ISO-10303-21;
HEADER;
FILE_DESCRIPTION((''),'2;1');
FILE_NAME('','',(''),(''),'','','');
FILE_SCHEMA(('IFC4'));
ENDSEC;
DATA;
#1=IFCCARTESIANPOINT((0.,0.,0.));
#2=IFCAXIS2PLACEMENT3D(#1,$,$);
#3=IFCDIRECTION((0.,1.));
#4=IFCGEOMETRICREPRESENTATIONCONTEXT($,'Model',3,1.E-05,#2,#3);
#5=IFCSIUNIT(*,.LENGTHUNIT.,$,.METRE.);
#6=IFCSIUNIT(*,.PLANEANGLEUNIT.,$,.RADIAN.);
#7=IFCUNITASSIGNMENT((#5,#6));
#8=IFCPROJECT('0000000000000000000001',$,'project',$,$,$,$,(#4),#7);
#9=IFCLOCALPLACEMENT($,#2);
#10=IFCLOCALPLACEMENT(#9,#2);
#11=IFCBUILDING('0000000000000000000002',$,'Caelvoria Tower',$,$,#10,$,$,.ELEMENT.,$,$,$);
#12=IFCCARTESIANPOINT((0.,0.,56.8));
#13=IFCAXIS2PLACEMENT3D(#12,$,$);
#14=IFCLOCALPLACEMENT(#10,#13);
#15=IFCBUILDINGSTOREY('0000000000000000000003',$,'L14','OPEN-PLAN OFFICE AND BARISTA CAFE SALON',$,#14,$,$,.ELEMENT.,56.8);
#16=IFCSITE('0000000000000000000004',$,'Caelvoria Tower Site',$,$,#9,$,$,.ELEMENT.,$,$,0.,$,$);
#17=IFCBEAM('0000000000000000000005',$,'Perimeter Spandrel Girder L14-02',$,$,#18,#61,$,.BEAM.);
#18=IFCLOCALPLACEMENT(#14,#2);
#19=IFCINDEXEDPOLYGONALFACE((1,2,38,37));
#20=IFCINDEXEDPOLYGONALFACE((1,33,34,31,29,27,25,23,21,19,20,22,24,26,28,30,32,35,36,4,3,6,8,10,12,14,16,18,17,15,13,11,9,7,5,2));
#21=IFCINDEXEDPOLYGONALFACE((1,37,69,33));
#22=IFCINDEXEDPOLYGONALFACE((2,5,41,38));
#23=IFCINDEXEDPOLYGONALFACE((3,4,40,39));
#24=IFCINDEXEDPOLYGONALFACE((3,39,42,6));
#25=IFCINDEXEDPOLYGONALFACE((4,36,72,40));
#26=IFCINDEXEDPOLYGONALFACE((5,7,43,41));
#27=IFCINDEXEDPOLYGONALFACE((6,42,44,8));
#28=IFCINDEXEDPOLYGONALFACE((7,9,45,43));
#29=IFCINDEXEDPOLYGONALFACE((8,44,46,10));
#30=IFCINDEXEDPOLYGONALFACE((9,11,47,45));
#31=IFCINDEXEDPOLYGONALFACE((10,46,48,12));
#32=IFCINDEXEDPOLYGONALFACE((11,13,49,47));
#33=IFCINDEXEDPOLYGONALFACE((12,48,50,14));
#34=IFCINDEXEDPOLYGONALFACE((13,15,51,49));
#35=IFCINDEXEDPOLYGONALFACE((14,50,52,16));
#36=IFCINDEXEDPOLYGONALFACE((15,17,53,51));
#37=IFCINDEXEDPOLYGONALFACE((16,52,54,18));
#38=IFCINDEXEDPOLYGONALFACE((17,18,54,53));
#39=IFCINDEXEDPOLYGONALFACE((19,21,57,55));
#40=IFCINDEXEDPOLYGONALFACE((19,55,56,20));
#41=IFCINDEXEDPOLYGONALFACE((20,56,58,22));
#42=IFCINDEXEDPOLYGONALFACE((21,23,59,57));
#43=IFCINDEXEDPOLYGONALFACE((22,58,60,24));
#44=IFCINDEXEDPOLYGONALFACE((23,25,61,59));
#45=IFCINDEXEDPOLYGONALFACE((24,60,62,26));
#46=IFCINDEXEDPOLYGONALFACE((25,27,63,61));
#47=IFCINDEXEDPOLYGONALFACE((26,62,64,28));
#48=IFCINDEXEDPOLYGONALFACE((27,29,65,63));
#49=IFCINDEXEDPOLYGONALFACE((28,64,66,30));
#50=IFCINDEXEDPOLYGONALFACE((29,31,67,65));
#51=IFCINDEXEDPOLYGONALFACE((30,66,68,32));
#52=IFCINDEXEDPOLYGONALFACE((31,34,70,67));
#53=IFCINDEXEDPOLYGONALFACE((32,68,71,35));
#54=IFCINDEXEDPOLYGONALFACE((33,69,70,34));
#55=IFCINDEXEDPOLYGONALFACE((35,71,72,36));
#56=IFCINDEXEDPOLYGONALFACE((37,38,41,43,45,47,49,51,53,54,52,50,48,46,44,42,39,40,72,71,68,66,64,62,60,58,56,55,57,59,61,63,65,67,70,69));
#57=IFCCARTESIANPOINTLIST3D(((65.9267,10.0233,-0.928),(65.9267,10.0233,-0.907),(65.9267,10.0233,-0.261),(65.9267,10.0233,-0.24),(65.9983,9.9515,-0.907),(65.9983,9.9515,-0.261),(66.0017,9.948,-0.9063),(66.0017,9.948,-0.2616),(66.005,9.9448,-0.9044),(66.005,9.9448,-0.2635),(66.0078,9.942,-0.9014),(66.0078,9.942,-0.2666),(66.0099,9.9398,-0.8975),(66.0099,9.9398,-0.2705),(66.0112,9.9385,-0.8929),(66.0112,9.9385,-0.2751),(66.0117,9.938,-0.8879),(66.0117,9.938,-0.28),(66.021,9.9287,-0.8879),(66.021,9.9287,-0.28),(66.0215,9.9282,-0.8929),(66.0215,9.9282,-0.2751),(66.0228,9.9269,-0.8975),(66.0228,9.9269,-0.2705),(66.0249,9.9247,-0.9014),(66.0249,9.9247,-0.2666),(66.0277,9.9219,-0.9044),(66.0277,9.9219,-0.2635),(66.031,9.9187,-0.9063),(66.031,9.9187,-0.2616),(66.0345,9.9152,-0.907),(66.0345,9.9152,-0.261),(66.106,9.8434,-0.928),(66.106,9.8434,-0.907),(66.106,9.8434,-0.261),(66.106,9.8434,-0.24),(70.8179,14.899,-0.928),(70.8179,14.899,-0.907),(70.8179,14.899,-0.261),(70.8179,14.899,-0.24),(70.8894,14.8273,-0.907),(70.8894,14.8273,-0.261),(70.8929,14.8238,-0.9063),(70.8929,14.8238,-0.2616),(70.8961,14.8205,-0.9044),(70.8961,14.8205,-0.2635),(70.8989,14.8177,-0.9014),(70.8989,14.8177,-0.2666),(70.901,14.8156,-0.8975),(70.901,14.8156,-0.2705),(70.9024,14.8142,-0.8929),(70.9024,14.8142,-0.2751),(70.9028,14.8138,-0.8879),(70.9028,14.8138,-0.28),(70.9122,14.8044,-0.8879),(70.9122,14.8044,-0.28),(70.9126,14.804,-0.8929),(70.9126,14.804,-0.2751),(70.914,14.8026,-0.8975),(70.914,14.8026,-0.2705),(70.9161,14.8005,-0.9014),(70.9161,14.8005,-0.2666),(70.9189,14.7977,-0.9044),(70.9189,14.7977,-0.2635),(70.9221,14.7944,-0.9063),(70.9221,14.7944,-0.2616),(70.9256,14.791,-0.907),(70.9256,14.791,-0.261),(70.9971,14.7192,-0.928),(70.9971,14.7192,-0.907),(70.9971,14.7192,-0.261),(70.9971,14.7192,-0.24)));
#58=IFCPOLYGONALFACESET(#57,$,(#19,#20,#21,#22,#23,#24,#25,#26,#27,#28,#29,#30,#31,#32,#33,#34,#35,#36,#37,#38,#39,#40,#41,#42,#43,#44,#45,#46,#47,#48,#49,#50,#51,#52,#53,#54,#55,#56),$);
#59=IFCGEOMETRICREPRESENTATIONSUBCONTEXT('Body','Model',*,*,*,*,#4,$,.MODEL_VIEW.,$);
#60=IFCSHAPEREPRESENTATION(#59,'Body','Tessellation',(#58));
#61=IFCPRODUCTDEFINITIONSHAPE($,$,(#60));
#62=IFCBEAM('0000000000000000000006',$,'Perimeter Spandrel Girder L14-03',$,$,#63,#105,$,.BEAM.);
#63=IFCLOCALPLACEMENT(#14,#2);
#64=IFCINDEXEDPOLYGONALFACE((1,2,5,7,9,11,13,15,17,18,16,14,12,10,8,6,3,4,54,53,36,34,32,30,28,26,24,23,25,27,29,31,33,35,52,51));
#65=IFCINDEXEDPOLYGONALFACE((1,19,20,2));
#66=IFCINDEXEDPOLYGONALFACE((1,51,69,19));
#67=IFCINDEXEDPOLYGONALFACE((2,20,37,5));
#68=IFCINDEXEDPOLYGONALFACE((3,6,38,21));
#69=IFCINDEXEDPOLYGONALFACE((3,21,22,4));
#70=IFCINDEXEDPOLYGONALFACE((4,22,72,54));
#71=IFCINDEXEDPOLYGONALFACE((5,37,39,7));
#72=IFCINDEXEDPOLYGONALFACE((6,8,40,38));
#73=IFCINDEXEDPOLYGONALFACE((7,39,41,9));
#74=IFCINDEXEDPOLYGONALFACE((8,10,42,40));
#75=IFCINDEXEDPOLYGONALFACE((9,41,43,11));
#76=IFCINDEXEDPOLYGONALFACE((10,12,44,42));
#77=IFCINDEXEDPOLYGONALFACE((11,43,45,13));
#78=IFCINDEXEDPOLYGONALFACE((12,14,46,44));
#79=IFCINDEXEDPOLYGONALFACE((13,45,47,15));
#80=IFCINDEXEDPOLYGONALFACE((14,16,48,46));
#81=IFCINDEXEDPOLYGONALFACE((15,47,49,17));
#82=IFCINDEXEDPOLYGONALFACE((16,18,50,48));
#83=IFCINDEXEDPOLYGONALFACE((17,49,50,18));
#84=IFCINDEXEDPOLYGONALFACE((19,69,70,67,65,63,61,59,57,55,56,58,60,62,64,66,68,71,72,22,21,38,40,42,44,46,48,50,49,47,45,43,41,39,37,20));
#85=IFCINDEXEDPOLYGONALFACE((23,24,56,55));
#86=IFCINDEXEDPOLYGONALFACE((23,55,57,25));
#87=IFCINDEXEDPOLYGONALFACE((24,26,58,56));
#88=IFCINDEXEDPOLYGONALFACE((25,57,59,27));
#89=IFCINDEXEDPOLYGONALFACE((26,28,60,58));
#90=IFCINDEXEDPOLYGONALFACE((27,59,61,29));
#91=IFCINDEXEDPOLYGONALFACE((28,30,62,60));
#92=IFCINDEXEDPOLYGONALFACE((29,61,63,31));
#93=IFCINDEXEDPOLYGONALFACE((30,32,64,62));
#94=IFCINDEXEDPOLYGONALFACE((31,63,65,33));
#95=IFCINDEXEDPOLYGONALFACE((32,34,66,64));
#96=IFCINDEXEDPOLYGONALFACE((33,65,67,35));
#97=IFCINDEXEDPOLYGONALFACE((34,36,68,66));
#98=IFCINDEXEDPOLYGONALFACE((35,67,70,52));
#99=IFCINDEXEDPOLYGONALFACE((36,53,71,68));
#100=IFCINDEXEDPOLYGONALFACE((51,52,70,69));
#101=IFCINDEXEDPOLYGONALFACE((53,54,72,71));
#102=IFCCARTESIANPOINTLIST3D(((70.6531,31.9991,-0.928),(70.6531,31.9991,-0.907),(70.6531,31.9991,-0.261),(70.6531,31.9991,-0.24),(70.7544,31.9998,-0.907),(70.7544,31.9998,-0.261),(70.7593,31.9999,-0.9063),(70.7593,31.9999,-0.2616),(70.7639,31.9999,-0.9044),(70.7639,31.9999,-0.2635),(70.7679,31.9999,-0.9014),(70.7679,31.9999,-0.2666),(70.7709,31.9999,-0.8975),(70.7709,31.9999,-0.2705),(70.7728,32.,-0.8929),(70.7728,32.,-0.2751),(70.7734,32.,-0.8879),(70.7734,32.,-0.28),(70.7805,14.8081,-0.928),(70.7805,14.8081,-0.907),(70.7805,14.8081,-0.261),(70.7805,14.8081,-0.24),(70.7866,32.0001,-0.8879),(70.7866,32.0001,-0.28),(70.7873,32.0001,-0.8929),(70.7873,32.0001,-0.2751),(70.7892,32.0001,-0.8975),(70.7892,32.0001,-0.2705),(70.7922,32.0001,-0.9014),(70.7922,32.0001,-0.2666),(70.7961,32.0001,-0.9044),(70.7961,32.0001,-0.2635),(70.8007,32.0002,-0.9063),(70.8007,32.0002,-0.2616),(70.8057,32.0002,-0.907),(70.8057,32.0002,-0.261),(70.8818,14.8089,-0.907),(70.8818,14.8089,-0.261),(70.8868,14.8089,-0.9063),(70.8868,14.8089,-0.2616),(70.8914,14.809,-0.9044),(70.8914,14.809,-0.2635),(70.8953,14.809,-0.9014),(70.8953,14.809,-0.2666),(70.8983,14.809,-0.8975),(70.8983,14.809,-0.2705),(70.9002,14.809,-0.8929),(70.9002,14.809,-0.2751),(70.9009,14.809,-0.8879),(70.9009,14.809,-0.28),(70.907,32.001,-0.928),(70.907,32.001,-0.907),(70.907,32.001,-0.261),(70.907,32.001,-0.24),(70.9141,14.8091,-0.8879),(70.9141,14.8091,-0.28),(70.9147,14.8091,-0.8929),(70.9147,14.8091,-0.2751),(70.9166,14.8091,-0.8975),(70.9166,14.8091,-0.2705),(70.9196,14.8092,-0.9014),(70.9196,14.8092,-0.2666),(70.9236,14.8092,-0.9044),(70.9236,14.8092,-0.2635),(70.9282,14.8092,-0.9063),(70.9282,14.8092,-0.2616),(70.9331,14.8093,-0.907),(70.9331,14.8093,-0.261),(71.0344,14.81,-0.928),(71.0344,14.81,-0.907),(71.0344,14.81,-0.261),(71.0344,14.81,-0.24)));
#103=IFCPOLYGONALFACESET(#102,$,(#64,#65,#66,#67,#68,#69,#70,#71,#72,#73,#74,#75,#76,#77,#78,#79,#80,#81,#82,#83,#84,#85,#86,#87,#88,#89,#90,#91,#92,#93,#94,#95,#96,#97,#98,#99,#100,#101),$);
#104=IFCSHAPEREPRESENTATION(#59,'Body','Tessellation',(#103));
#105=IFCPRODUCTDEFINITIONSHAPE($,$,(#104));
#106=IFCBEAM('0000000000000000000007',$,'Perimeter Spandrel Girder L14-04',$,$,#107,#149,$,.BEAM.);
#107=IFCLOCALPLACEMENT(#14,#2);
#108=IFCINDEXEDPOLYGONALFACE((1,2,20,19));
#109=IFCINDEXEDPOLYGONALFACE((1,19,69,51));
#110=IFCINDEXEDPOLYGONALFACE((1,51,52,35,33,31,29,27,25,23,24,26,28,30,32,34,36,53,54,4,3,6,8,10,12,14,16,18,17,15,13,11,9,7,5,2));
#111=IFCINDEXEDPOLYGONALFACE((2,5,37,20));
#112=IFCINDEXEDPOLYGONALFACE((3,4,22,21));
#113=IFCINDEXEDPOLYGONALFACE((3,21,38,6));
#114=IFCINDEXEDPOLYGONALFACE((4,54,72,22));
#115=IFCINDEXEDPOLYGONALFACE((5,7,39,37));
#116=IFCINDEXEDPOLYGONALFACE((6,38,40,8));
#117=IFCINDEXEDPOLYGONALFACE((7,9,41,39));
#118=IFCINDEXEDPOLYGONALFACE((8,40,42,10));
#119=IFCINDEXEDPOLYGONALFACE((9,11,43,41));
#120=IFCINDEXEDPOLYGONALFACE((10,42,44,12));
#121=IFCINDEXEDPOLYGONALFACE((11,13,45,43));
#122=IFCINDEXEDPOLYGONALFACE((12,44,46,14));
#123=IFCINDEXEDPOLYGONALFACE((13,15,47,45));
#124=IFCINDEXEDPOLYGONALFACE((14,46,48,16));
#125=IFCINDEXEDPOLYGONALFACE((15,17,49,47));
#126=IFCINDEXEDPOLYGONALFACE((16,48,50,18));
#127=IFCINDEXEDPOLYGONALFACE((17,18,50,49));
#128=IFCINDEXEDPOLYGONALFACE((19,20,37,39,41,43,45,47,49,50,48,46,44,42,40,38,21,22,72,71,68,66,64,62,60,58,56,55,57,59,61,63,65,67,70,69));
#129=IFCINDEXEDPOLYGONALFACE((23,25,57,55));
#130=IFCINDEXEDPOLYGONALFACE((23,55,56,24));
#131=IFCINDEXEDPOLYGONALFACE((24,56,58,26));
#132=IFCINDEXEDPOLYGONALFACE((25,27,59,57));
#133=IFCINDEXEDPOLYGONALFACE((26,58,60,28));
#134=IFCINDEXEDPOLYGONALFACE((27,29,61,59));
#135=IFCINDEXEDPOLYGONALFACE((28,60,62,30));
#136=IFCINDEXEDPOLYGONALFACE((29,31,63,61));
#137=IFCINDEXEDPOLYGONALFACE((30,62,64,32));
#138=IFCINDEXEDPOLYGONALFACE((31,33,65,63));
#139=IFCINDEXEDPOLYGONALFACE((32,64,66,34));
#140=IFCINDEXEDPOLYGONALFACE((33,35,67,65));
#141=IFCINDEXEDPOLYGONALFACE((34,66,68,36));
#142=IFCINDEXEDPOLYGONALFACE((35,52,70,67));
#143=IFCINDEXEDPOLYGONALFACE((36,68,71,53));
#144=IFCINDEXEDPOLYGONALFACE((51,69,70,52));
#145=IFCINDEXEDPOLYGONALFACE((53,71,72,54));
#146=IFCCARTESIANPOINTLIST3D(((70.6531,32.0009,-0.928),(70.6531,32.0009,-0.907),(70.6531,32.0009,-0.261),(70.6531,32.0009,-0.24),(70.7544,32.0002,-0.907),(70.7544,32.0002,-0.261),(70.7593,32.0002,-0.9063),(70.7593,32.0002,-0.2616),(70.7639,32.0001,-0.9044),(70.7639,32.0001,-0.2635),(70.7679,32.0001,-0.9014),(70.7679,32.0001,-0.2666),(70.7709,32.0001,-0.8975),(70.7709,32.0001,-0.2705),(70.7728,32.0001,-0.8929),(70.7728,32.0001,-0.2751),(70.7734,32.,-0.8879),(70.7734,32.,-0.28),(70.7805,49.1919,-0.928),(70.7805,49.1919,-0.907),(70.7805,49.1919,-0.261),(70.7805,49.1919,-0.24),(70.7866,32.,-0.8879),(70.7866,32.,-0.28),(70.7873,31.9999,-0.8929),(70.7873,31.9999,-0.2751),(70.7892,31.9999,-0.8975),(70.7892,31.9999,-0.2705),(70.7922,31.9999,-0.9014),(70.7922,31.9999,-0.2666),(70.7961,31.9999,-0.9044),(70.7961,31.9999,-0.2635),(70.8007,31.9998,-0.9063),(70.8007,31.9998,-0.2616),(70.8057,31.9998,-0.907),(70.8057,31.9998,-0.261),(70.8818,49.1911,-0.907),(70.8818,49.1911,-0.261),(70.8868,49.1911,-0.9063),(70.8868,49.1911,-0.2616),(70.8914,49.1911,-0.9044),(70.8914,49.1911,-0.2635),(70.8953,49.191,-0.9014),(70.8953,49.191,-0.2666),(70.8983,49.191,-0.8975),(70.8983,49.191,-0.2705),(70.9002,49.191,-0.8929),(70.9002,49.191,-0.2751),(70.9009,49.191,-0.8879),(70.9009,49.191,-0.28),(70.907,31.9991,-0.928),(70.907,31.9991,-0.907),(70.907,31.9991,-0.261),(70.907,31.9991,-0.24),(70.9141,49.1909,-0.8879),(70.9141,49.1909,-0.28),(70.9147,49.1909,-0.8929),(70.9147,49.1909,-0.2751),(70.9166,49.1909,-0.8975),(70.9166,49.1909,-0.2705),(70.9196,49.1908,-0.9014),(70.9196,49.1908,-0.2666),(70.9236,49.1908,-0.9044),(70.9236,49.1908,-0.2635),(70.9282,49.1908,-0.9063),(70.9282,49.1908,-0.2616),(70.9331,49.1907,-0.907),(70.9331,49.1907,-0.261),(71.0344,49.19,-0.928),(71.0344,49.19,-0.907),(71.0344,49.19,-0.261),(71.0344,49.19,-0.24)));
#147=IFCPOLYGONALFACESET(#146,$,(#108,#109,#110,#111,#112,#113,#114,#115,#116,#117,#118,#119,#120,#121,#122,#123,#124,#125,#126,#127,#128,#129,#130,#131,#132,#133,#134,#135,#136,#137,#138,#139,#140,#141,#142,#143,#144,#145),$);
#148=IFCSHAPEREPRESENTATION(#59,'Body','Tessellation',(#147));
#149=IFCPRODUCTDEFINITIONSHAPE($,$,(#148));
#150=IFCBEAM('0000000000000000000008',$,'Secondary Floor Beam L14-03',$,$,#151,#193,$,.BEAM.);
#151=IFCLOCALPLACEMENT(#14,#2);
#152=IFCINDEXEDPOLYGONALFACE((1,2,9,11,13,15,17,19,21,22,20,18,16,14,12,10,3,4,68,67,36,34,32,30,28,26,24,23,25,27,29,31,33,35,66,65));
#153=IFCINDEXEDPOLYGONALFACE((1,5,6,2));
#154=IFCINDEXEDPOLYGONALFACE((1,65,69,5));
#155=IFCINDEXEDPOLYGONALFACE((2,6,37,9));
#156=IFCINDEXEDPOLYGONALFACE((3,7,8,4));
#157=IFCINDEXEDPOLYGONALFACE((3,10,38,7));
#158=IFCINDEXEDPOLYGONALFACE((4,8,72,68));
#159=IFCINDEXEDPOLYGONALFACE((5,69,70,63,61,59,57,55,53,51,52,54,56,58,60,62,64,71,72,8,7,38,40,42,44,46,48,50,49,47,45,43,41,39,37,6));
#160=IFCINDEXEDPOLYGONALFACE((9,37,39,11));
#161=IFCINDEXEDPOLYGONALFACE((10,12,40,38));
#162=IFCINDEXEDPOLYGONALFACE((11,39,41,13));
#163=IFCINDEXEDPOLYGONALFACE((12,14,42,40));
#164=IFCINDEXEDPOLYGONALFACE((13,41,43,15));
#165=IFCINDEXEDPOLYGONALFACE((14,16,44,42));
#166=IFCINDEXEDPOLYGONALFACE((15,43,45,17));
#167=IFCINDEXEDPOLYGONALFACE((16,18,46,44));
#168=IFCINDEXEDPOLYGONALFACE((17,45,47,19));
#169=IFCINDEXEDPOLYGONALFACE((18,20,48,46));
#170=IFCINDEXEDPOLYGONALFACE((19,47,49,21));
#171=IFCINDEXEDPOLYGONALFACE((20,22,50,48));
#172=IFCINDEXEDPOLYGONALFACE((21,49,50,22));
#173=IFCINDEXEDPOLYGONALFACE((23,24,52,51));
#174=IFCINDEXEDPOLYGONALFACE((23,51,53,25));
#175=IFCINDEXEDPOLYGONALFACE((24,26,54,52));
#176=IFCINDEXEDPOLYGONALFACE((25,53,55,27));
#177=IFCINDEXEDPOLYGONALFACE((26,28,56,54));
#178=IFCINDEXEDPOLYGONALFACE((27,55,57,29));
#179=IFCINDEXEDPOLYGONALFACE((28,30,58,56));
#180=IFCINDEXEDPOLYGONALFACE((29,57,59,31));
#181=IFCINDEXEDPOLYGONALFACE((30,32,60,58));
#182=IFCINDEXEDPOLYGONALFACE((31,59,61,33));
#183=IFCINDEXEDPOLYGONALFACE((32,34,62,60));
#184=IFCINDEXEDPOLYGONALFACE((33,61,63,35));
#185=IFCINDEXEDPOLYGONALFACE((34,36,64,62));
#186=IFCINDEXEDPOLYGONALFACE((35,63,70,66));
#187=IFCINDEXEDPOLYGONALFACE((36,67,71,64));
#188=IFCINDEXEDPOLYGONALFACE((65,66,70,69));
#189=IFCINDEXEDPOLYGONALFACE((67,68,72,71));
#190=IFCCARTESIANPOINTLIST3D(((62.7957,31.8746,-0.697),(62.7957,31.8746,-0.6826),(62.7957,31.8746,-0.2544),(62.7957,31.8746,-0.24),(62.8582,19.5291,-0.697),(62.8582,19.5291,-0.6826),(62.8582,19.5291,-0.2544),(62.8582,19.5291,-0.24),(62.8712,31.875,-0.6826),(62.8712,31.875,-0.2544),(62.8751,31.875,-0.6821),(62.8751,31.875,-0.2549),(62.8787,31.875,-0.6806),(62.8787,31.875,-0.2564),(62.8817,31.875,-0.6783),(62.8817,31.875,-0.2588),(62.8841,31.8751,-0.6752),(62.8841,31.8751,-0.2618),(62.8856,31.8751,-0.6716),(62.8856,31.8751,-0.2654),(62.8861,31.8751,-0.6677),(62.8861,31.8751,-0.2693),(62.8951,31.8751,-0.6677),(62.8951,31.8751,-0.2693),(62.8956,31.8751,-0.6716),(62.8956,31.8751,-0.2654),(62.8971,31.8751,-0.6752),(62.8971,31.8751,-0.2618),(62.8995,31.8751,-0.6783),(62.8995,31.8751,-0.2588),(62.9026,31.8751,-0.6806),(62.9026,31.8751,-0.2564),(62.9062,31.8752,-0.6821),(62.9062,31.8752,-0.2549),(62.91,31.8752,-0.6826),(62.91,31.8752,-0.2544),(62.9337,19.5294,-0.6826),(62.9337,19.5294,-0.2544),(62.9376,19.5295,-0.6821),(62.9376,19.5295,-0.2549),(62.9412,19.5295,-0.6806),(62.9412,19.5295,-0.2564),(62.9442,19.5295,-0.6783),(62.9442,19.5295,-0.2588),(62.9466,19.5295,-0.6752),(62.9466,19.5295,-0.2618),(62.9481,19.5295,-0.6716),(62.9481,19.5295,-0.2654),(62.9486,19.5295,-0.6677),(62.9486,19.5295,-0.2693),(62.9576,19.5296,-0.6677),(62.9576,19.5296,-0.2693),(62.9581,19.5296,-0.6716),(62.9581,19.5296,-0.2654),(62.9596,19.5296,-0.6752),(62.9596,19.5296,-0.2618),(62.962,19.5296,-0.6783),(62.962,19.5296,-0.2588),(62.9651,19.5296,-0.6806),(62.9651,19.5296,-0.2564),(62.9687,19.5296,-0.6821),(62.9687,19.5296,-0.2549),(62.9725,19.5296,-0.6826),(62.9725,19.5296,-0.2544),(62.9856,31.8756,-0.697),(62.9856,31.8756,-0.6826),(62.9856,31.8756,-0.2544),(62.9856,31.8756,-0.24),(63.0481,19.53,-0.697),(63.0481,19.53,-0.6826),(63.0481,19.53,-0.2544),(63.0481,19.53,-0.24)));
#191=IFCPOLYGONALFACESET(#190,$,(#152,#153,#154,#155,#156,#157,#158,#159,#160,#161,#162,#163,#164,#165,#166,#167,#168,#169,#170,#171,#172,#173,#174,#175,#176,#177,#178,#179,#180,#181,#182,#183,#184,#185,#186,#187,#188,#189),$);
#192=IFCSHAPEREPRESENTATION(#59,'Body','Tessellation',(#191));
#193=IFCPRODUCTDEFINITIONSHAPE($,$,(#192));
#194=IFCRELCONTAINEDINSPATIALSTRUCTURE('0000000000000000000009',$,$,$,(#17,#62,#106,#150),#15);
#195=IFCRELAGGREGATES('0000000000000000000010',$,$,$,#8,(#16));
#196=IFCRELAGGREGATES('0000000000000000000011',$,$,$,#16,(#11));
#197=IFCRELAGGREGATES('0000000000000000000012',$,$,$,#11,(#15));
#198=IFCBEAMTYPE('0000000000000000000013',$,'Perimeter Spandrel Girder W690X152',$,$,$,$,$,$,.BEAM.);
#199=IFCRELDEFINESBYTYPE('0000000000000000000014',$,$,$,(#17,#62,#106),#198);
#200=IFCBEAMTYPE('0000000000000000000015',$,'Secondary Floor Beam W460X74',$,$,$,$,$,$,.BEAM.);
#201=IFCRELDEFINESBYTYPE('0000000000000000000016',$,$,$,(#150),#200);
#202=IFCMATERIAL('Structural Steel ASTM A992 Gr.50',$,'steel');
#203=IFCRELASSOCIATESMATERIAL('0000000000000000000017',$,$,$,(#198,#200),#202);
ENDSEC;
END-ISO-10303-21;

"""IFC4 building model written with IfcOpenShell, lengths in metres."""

from ifc_helpers import new_model, si_unit, direction, frame, origin, origin_2d, place, context, subcontext, project, spatial, i_section, extrude, material, material_profile, profile_set, type_object, element, save


model = new_model("IFC4")

# Units and contexts
model_context = context("Model", 3, precision=1e-05, world=origin(), true_north=direction((0.0, 1.0)))
body_context = subcontext(model_context, "Body", "Model", "MODEL_VIEW")
ifc_project = project(units=[si_unit("LENGTHUNIT", "METRE"), si_unit("PLANEANGLEUNIT", "RADIAN")], contexts=[model_context])

# Site, building, storey
site_placement = place(None, origin())
site = spatial("IfcSite", under=ifc_project, at=site_placement, Name="Caelvoria Tower Site", CompositionType="ELEMENT", RefElevation=0.0)
building_placement = place(site_placement, origin())
building = spatial("IfcBuilding", under=site, at=building_placement, Name="Caelvoria Tower", CompositionType="ELEMENT")
storey_placement = place(building_placement, frame((0.0, 0.0, 56.8)))
storey = spatial("IfcBuildingStorey", under=building, at=storey_placement, Name="L14", Description="OPEN-PLAN OFFICE AND BARISTA CAFE SALON", CompositionType="ELEMENT", Elevation=56.8)

# Beams
ifc_material_1 = material(Name="Structural Steel ASTM A992 Gr.50", Category="steel")
ifc_material_profile_1 = material_profile(ifc_material_1, i_section(OverallWidth=0.2539, OverallDepth=0.688, WebThickness=0.0132, FlangeThickness=0.021, FilletRadius=0.019, at=origin_2d()), Name="Structural Steel ASTM A992 Gr.50")
ifc_profile_set_1 = profile_set([ifc_material_profile_1], Name="W690X152 - Structural Steel ASTM A992 Gr.50")
beam_type_1 = type_object("IfcBeamType", Name="Perimeter Spandrel Girder W690X152", PredefinedType="BEAM", material=ifc_profile_set_1)
beam_1_placement = place(storey_placement, frame((66.0164, 9.9333, -0.584), z_axis=(0.708219, 0.705992, 0.0), x_axis=(-0.705992, 0.708219, 0.0)))
element("IfcBeam", 1, at=beam_1_placement, inside=storey, type_object=beam_type_1, Name="Perimeter Spandrel Girder L14-02", PredefinedType="BEAM", context=body_context, shape_type="SweptSolid", body=[
    extrude(i_section(OverallWidth=0.2539, OverallDepth=0.688, WebThickness=0.0132, FlangeThickness=0.021, FilletRadius=0.019, at=origin_2d()), origin(), (0.0, 0.0, 1.0), 6.9062),
])
for number, where, z_axis, x_axis, name in (
    (2, (70.9075, 14.8091, -0.584), (-0.007413, 0.999973, 0.0), (-0.999973, -0.007413, 0.0), "Perimeter Spandrel Girder L14-03"),
    (3, (70.78, 32.0, -0.584), (0.007413, 0.999973, 0.0), (-0.999973, 0.007413, 0.0), "Perimeter Spandrel Girder L14-04"),
):
    element("IfcBeam", number, at=place(storey_placement, frame(where, z_axis=z_axis, x_axis=x_axis)), inside=storey, type_object=beam_type_1, Name=name, PredefinedType="BEAM", context=body_context, shape_type="SweptSolid", body=[
        extrude(i_section(OverallWidth=0.2539, OverallDepth=0.688, WebThickness=0.0132, FlangeThickness=0.021, FilletRadius=0.019, at=origin_2d()), origin(), (0.0, 0.0, 1.0), 17.1914),
    ])
ifc_material_profile_2 = material_profile(ifc_material_1, i_section(OverallWidth=0.1899, OverallDepth=0.457, WebThickness=0.009, FlangeThickness=0.0144, FilletRadius=0.0149, at=origin_2d()), Name="Structural Steel ASTM A992 Gr.50")
ifc_profile_set_2 = profile_set([ifc_material_profile_2], Name="W460X74 - Structural Steel ASTM A992 Gr.50")
beam_type_2 = type_object("IfcBeamType", Name="Secondary Floor Beam W460X74", PredefinedType="BEAM", material=ifc_profile_set_2)
beam_2_placement = place(storey_placement, frame((62.9531, 19.5295, -0.4685), z_axis=(-0.005063, 0.999987, 0.0), x_axis=(-0.999987, -0.005063, 0.0)))
element("IfcBeam", 4, at=beam_2_placement, inside=storey, type_object=beam_type_2, Name="Secondary Floor Beam L14-03", PredefinedType="BEAM", context=body_context, shape_type="SweptSolid", body=[
    extrude(i_section(OverallWidth=0.1899, OverallDepth=0.457, WebThickness=0.009, FlangeThickness=0.0144, FilletRadius=0.0149, at=origin_2d()), origin(), (0.0, 0.0, 1.0), 12.3457),
])

save(model, "model.ifc")
